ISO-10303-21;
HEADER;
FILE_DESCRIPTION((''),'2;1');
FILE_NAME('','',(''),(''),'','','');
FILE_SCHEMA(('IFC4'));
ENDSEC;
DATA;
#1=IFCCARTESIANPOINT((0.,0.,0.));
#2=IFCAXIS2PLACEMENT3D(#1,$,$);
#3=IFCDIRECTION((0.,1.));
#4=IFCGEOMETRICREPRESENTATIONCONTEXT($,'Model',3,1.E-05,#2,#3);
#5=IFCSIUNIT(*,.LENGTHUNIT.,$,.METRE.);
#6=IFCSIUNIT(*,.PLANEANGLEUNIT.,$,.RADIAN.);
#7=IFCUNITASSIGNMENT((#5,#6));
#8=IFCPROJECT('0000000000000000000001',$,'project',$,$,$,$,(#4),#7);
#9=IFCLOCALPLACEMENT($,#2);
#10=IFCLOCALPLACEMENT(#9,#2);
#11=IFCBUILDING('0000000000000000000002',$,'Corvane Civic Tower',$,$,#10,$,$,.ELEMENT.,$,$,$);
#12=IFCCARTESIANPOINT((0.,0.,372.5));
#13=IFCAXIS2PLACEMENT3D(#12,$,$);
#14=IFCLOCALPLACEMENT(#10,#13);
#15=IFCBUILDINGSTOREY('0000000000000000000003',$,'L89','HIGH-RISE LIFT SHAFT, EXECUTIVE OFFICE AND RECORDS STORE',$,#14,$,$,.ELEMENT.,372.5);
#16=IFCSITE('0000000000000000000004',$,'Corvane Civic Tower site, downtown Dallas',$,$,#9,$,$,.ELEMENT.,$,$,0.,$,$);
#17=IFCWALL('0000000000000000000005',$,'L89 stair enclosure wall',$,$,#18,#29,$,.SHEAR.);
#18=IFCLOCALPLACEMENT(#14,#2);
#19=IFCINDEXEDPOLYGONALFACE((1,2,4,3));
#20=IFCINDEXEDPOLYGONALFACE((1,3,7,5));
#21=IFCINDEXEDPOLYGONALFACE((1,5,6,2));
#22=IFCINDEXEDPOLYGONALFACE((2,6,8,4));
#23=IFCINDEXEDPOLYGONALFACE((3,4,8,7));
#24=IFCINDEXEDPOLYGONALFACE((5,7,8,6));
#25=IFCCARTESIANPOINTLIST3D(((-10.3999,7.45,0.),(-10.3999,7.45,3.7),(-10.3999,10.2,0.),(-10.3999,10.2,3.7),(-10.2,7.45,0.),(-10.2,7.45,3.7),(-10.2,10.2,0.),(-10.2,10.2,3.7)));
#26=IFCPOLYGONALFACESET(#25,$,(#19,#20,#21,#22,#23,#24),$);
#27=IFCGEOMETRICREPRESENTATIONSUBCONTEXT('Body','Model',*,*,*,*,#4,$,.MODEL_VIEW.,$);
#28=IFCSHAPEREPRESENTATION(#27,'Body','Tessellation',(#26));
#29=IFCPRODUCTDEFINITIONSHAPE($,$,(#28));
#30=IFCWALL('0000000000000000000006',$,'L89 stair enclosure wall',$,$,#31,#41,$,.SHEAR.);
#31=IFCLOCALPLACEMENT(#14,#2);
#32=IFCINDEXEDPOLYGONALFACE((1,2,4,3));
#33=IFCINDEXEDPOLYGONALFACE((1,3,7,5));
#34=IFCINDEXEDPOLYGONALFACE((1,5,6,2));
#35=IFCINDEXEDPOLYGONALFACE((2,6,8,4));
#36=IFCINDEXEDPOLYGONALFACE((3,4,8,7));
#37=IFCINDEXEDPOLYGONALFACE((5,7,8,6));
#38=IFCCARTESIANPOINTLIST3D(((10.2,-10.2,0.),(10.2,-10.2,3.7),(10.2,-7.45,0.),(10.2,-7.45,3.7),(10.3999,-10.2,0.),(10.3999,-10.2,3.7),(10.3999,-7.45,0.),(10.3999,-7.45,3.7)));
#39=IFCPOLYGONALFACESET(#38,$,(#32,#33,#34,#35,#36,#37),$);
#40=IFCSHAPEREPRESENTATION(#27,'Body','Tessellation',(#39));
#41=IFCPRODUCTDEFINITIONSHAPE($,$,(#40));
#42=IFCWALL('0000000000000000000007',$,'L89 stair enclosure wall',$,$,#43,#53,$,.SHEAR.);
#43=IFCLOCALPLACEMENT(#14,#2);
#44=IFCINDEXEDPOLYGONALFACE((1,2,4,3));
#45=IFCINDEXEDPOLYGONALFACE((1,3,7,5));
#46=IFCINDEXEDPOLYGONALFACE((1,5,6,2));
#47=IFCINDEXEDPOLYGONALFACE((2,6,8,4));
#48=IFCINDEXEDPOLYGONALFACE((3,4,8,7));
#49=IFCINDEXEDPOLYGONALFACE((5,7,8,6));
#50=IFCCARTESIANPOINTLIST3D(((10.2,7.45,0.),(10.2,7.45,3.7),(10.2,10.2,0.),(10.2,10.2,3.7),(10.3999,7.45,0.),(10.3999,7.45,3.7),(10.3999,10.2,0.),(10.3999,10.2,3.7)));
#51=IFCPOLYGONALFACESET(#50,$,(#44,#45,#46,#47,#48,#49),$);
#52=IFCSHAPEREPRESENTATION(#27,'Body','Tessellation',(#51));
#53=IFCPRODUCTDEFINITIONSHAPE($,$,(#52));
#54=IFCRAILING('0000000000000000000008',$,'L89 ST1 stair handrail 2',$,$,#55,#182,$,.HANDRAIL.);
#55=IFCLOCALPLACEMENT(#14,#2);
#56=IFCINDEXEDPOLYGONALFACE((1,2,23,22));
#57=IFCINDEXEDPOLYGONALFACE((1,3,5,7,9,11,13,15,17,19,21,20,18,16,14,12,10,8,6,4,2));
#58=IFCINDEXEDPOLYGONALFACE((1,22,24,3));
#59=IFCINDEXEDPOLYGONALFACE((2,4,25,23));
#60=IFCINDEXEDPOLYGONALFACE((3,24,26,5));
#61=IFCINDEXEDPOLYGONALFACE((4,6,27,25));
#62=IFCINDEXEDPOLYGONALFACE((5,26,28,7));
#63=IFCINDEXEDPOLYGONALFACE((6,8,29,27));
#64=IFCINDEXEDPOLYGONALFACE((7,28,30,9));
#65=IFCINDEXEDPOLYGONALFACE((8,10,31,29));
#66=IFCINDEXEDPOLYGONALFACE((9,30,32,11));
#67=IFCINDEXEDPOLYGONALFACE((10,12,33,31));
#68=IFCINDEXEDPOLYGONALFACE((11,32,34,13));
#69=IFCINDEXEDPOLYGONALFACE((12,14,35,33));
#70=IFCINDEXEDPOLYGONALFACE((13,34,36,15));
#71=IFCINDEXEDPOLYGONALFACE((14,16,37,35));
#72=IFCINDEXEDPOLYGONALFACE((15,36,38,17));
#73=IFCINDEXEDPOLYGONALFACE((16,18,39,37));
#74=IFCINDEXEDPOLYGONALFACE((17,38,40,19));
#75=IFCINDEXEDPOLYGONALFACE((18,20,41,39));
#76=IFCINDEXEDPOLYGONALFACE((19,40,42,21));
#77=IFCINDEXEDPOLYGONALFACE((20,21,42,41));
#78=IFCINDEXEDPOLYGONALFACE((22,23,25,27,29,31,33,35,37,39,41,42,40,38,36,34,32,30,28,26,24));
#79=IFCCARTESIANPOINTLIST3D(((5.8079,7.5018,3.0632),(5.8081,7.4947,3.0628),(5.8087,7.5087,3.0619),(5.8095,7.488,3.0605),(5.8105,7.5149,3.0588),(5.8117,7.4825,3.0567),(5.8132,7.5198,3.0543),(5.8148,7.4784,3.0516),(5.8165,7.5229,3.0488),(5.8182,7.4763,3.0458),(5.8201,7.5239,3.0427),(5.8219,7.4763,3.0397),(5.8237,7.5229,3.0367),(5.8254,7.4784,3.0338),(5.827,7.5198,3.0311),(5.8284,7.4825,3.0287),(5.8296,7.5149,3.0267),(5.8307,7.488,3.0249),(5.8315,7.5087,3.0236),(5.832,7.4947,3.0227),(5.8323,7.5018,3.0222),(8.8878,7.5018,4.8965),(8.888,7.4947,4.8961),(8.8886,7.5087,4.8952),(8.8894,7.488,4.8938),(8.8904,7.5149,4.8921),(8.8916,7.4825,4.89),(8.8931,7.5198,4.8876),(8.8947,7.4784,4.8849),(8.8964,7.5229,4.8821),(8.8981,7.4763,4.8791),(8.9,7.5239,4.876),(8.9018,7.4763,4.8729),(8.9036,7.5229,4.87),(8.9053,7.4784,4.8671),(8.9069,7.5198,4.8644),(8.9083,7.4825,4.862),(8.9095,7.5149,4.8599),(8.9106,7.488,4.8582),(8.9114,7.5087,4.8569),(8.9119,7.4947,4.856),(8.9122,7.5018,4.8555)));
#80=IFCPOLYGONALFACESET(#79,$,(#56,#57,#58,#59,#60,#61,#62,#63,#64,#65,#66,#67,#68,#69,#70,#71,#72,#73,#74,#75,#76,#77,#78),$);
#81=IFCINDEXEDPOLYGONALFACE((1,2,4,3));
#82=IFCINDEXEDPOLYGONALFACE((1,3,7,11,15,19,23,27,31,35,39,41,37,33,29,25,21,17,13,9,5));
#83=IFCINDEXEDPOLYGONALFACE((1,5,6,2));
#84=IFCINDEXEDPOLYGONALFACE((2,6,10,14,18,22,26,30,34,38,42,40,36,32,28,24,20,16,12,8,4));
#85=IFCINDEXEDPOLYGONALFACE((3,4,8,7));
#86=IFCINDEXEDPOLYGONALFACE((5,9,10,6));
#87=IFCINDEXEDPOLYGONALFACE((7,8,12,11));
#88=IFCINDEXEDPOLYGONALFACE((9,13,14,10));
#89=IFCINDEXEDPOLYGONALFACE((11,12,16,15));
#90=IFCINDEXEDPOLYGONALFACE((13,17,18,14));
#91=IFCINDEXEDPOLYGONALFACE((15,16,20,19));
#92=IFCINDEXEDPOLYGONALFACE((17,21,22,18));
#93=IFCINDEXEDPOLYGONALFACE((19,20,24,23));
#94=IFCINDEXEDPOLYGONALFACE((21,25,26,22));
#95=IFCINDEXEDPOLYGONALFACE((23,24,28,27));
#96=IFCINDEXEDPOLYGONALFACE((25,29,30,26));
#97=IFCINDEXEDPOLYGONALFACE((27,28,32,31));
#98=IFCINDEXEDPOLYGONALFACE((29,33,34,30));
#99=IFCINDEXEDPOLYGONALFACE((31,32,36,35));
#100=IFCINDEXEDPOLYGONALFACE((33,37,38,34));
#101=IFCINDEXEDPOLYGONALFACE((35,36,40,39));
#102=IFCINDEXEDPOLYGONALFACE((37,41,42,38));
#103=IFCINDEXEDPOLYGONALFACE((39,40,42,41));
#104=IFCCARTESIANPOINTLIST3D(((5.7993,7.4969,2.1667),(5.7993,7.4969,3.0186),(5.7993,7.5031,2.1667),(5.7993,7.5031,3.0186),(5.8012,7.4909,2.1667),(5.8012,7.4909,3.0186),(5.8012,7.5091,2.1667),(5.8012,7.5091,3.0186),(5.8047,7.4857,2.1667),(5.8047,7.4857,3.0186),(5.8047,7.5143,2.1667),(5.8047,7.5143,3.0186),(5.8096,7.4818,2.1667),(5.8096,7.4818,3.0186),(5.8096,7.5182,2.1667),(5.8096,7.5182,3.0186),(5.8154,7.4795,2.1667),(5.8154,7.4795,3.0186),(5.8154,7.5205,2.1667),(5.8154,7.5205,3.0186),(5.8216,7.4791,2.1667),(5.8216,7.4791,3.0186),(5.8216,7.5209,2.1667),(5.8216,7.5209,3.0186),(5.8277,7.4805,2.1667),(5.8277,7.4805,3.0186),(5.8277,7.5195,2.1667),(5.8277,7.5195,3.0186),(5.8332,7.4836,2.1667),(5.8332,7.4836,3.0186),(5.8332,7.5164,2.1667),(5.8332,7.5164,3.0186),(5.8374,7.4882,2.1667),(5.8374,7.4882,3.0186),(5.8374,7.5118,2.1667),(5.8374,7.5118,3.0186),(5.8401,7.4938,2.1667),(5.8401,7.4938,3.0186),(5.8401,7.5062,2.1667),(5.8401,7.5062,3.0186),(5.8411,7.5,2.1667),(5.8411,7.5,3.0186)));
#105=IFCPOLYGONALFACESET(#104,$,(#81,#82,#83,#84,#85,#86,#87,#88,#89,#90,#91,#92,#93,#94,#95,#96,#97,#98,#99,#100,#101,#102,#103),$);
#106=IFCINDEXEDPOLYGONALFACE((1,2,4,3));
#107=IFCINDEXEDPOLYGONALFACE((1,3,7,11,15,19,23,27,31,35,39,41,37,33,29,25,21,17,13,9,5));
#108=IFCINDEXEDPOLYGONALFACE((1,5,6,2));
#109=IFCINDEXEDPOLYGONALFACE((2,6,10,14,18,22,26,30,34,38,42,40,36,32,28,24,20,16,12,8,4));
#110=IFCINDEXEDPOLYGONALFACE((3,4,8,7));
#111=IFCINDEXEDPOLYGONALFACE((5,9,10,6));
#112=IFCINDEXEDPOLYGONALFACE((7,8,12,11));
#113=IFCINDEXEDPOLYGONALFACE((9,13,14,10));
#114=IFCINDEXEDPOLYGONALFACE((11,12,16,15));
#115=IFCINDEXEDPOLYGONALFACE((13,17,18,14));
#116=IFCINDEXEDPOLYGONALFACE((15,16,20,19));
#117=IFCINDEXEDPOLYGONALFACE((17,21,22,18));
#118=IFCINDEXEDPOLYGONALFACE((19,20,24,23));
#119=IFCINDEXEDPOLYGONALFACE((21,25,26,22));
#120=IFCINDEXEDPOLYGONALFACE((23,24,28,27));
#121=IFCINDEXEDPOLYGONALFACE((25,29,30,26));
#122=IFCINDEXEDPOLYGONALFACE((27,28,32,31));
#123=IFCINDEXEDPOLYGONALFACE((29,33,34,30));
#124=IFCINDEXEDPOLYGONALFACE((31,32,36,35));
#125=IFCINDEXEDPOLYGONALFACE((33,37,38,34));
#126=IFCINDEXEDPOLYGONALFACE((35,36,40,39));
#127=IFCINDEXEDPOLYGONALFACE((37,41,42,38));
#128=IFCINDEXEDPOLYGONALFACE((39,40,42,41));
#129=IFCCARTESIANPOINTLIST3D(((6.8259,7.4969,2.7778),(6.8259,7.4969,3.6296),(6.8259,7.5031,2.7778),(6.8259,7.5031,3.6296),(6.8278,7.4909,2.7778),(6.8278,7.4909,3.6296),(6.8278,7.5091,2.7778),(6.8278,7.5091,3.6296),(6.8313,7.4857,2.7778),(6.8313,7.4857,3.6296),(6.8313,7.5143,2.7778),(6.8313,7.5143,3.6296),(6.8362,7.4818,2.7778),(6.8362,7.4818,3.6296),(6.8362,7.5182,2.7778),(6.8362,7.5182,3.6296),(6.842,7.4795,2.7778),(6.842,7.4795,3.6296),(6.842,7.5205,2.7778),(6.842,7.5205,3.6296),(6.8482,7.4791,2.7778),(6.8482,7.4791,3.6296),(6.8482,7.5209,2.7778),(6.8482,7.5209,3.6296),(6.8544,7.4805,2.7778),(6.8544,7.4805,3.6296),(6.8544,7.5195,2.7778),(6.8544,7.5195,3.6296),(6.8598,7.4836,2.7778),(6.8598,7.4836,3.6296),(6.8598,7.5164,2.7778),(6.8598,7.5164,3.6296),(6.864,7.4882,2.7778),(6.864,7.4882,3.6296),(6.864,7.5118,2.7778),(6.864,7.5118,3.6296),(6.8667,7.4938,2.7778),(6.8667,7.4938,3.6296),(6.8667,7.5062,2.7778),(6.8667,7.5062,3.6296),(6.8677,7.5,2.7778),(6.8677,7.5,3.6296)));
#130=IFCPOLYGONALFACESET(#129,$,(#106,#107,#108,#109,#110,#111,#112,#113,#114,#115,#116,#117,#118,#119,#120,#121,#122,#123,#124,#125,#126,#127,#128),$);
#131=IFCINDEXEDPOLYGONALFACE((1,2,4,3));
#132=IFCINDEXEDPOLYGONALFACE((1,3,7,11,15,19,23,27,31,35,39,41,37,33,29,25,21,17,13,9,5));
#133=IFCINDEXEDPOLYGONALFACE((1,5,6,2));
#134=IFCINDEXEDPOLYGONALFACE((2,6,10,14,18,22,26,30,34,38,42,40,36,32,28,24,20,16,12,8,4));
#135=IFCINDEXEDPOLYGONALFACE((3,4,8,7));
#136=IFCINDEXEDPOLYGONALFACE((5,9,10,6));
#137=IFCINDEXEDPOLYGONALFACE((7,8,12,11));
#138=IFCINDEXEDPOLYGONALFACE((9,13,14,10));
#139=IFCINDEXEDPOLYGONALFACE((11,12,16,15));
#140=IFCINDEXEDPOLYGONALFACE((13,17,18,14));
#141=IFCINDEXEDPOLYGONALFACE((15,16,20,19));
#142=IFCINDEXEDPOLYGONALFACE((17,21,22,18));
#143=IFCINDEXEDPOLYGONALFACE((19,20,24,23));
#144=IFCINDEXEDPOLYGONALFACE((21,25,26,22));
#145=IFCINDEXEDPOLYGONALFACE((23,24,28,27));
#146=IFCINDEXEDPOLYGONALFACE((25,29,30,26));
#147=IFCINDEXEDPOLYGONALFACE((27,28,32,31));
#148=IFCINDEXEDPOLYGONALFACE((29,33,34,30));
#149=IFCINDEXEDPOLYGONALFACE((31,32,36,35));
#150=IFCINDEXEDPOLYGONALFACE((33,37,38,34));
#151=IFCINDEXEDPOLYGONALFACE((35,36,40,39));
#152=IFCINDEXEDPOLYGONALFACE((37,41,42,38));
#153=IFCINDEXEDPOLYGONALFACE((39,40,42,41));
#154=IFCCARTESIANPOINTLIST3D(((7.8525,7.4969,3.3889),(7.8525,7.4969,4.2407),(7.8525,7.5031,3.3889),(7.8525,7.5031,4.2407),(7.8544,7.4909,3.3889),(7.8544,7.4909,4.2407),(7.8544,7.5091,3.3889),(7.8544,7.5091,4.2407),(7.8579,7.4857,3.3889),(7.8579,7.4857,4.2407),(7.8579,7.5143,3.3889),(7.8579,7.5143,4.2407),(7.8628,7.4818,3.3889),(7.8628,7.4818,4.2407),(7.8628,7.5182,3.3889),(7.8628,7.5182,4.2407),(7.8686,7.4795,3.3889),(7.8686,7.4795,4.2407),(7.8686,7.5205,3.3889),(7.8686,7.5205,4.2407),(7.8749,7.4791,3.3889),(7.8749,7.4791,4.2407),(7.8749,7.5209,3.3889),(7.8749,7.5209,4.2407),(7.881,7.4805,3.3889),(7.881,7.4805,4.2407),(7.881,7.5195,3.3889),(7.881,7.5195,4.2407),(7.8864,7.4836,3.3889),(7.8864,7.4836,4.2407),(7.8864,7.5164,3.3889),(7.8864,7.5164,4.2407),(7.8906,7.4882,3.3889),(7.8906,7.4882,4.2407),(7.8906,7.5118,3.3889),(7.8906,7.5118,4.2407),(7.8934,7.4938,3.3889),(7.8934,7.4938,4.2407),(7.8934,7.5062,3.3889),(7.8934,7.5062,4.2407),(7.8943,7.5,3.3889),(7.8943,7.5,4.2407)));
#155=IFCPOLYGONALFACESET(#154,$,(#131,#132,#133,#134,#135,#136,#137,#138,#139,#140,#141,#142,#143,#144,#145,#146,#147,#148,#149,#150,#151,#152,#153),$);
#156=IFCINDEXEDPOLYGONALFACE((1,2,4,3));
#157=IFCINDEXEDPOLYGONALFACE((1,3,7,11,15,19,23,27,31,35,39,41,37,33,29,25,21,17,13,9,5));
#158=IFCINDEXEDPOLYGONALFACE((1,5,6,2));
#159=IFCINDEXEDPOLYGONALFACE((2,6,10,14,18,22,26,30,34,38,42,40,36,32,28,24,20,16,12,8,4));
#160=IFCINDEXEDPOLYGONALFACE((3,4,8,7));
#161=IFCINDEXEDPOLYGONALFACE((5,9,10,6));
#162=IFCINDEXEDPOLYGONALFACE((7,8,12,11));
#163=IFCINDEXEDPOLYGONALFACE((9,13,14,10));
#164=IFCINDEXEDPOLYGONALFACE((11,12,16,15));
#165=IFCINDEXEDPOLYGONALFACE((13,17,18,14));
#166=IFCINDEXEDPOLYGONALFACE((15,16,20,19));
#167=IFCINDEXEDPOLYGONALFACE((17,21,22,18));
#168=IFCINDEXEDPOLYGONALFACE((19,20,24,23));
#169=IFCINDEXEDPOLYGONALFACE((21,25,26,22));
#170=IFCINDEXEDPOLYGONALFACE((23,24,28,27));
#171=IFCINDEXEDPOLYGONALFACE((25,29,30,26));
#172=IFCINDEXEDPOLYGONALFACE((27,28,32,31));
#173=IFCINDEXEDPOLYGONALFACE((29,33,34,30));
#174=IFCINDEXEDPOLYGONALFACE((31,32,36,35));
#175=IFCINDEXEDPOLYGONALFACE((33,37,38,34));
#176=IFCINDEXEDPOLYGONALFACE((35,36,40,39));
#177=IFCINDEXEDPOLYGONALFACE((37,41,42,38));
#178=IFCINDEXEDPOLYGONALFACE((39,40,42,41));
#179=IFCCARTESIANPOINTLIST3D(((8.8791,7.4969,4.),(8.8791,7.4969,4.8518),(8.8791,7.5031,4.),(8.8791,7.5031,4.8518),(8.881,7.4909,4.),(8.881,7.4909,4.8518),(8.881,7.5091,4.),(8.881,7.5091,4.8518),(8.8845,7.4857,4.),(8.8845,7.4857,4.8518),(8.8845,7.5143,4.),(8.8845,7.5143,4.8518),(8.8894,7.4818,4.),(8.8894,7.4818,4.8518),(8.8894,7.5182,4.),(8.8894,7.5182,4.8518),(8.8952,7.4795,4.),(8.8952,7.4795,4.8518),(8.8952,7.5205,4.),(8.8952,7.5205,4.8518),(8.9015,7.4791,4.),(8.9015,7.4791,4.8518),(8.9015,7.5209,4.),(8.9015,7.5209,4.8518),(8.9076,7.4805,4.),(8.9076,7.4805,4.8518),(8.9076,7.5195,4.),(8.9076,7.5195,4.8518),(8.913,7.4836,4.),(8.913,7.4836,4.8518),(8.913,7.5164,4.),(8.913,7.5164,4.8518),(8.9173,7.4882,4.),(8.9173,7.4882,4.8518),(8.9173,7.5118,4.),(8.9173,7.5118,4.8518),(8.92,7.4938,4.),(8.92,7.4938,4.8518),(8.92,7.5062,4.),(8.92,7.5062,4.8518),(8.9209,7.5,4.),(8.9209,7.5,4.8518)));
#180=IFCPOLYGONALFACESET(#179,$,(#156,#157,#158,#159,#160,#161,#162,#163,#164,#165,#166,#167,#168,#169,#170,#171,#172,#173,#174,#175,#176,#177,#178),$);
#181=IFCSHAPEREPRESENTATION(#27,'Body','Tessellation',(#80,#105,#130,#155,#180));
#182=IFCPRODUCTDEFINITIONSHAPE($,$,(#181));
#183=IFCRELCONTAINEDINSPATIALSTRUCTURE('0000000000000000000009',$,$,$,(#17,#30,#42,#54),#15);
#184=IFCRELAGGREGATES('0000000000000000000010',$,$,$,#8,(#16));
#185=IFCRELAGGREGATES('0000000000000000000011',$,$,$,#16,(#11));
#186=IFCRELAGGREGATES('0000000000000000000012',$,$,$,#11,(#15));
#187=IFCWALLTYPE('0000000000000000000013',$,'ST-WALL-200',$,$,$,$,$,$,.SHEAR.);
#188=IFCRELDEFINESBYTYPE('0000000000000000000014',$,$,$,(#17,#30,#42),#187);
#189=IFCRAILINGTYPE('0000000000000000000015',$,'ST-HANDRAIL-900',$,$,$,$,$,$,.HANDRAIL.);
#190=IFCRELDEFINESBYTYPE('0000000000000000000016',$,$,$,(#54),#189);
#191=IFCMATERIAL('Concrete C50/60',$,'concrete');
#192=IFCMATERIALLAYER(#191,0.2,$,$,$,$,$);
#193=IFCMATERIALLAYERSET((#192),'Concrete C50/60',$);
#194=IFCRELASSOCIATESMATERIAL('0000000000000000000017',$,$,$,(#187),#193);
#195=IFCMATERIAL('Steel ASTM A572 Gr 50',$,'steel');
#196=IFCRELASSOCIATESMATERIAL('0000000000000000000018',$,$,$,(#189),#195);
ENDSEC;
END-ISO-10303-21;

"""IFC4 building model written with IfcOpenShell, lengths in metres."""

from ifc_helpers import new_model, si_unit, direction, frame, origin, origin_2d, place, context, subcontext, project, spatial, polyline, circle, outline, extrude, material, layer, layer_set, type_object, element, save


model = new_model("IFC4")

# Units and contexts
model_context = context("Model", 3, precision=1e-05, world=origin(), true_north=direction((0.0, 1.0)))
body_context = subcontext(model_context, "Body", "Model", "MODEL_VIEW")
ifc_project = project(units=[si_unit("LENGTHUNIT", "METRE"), si_unit("PLANEANGLEUNIT", "RADIAN")], contexts=[model_context])

# Site, building, storey
site_placement = place(None, origin())
site = spatial("IfcSite", under=ifc_project, at=site_placement, Name="Corvane Civic Tower site, downtown Dallas", CompositionType="ELEMENT", RefElevation=0.0)
building_placement = place(site_placement, origin())
building = spatial("IfcBuilding", under=site, at=building_placement, Name="Corvane Civic Tower", CompositionType="ELEMENT")
storey_placement = place(building_placement, frame((0.0, 0.0, 372.5)))
storey = spatial("IfcBuildingStorey", under=building, at=storey_placement, Name="L89", Description="HIGH-RISE LIFT SHAFT, EXECUTIVE OFFICE AND RECORDS STORE", CompositionType="ELEMENT", Elevation=372.5)

# Shared definitions
ifc_material_1 = material(Name="Concrete C50/60", Category="concrete")
ifc_layer_1 = layer(ifc_material_1, 0.2)
ifc_layer_set_1 = layer_set([ifc_layer_1], Name="Concrete C50/60")
wall_type_1 = type_object("IfcWallType", Name="ST-WALL-200", PredefinedType="SHEAR", material=ifc_layer_set_1)

# Walls
wall_1_placement = place(storey_placement, origin())
element("IfcWall", 1, at=wall_1_placement, inside=storey, type_object=wall_type_1, Name="L89 stair enclosure wall", PredefinedType="SHEAR", context=body_context, shape_type="SweptSolid", body=[
    extrude(outline(polyline([(-10.2, 7.45), (-10.3999, 7.45), (-10.3999, 10.2), (-10.2, 10.2), (-10.2, 7.45)])), origin(), (0.0, 0.0, 1.0), 3.7),
])
wall_2_placement = place(storey_placement, origin())
element("IfcWall", 2, at=wall_2_placement, inside=storey, type_object=wall_type_1, Name="L89 stair enclosure wall", PredefinedType="SHEAR", context=body_context, shape_type="SweptSolid", body=[
    extrude(outline(polyline([(10.3999, -7.45), (10.3999, -10.2), (10.2, -10.2), (10.2, -7.45), (10.3999, -7.45)])), origin(), (0.0, 0.0, 1.0), 3.7),
])
wall_3_placement = place(storey_placement, origin())
element("IfcWall", 3, at=wall_3_placement, inside=storey, type_object=wall_type_1, Name="L89 stair enclosure wall", PredefinedType="SHEAR", context=body_context, shape_type="SweptSolid", body=[
    extrude(outline(polyline([(10.3999, 7.45), (10.2, 7.45), (10.2, 10.2), (10.3999, 10.2), (10.3999, 7.45)])), origin(), (0.0, 0.0, 1.0), 3.7),
])

# Railing
ifc_material_2 = material(Name="Steel ASTM A572 Gr 50", Category="steel")
railing_type = type_object("IfcRailingType", Name="ST-HANDRAIL-900", PredefinedType="HANDRAIL", material=ifc_material_2)
railing_placement = place(storey_placement, frame((5.8201, 7.5, 2.1667)))
element("IfcRailing", 4, at=railing_placement, inside=storey, type_object=railing_type, Name="L89 ST1 stair handrail 2", PredefinedType="HANDRAIL", context=body_context, shape_type="SweptSolid", body=[
    extrude(circle(Radius=0.0239, at=origin_2d()), frame((0.0, 0.0, 0.876), z_axis=(0.859291, 0.0, 0.511487), x_axis=(0.0, 1.0, 0.0)), (0.0, 0.0, 1.0), 3.5842),
    extrude(circle(Radius=0.021, at=origin_2d()), origin(), (0.0, 0.0, 1.0), 0.8518),
    extrude(circle(Radius=0.021, at=origin_2d()), frame((1.0266, 0.0, 0.6111)), (0.0, 0.0, 1.0), 0.8518),
    extrude(circle(Radius=0.021, at=origin_2d()), frame((2.0532, 0.0, 1.2222)), (0.0, 0.0, 1.0), 0.8518),
    extrude(circle(Radius=0.021, at=origin_2d()), frame((3.0798, 0.0, 1.8333)), (0.0, 0.0, 1.0), 0.8518),
])

save(model, "model.ifc")
